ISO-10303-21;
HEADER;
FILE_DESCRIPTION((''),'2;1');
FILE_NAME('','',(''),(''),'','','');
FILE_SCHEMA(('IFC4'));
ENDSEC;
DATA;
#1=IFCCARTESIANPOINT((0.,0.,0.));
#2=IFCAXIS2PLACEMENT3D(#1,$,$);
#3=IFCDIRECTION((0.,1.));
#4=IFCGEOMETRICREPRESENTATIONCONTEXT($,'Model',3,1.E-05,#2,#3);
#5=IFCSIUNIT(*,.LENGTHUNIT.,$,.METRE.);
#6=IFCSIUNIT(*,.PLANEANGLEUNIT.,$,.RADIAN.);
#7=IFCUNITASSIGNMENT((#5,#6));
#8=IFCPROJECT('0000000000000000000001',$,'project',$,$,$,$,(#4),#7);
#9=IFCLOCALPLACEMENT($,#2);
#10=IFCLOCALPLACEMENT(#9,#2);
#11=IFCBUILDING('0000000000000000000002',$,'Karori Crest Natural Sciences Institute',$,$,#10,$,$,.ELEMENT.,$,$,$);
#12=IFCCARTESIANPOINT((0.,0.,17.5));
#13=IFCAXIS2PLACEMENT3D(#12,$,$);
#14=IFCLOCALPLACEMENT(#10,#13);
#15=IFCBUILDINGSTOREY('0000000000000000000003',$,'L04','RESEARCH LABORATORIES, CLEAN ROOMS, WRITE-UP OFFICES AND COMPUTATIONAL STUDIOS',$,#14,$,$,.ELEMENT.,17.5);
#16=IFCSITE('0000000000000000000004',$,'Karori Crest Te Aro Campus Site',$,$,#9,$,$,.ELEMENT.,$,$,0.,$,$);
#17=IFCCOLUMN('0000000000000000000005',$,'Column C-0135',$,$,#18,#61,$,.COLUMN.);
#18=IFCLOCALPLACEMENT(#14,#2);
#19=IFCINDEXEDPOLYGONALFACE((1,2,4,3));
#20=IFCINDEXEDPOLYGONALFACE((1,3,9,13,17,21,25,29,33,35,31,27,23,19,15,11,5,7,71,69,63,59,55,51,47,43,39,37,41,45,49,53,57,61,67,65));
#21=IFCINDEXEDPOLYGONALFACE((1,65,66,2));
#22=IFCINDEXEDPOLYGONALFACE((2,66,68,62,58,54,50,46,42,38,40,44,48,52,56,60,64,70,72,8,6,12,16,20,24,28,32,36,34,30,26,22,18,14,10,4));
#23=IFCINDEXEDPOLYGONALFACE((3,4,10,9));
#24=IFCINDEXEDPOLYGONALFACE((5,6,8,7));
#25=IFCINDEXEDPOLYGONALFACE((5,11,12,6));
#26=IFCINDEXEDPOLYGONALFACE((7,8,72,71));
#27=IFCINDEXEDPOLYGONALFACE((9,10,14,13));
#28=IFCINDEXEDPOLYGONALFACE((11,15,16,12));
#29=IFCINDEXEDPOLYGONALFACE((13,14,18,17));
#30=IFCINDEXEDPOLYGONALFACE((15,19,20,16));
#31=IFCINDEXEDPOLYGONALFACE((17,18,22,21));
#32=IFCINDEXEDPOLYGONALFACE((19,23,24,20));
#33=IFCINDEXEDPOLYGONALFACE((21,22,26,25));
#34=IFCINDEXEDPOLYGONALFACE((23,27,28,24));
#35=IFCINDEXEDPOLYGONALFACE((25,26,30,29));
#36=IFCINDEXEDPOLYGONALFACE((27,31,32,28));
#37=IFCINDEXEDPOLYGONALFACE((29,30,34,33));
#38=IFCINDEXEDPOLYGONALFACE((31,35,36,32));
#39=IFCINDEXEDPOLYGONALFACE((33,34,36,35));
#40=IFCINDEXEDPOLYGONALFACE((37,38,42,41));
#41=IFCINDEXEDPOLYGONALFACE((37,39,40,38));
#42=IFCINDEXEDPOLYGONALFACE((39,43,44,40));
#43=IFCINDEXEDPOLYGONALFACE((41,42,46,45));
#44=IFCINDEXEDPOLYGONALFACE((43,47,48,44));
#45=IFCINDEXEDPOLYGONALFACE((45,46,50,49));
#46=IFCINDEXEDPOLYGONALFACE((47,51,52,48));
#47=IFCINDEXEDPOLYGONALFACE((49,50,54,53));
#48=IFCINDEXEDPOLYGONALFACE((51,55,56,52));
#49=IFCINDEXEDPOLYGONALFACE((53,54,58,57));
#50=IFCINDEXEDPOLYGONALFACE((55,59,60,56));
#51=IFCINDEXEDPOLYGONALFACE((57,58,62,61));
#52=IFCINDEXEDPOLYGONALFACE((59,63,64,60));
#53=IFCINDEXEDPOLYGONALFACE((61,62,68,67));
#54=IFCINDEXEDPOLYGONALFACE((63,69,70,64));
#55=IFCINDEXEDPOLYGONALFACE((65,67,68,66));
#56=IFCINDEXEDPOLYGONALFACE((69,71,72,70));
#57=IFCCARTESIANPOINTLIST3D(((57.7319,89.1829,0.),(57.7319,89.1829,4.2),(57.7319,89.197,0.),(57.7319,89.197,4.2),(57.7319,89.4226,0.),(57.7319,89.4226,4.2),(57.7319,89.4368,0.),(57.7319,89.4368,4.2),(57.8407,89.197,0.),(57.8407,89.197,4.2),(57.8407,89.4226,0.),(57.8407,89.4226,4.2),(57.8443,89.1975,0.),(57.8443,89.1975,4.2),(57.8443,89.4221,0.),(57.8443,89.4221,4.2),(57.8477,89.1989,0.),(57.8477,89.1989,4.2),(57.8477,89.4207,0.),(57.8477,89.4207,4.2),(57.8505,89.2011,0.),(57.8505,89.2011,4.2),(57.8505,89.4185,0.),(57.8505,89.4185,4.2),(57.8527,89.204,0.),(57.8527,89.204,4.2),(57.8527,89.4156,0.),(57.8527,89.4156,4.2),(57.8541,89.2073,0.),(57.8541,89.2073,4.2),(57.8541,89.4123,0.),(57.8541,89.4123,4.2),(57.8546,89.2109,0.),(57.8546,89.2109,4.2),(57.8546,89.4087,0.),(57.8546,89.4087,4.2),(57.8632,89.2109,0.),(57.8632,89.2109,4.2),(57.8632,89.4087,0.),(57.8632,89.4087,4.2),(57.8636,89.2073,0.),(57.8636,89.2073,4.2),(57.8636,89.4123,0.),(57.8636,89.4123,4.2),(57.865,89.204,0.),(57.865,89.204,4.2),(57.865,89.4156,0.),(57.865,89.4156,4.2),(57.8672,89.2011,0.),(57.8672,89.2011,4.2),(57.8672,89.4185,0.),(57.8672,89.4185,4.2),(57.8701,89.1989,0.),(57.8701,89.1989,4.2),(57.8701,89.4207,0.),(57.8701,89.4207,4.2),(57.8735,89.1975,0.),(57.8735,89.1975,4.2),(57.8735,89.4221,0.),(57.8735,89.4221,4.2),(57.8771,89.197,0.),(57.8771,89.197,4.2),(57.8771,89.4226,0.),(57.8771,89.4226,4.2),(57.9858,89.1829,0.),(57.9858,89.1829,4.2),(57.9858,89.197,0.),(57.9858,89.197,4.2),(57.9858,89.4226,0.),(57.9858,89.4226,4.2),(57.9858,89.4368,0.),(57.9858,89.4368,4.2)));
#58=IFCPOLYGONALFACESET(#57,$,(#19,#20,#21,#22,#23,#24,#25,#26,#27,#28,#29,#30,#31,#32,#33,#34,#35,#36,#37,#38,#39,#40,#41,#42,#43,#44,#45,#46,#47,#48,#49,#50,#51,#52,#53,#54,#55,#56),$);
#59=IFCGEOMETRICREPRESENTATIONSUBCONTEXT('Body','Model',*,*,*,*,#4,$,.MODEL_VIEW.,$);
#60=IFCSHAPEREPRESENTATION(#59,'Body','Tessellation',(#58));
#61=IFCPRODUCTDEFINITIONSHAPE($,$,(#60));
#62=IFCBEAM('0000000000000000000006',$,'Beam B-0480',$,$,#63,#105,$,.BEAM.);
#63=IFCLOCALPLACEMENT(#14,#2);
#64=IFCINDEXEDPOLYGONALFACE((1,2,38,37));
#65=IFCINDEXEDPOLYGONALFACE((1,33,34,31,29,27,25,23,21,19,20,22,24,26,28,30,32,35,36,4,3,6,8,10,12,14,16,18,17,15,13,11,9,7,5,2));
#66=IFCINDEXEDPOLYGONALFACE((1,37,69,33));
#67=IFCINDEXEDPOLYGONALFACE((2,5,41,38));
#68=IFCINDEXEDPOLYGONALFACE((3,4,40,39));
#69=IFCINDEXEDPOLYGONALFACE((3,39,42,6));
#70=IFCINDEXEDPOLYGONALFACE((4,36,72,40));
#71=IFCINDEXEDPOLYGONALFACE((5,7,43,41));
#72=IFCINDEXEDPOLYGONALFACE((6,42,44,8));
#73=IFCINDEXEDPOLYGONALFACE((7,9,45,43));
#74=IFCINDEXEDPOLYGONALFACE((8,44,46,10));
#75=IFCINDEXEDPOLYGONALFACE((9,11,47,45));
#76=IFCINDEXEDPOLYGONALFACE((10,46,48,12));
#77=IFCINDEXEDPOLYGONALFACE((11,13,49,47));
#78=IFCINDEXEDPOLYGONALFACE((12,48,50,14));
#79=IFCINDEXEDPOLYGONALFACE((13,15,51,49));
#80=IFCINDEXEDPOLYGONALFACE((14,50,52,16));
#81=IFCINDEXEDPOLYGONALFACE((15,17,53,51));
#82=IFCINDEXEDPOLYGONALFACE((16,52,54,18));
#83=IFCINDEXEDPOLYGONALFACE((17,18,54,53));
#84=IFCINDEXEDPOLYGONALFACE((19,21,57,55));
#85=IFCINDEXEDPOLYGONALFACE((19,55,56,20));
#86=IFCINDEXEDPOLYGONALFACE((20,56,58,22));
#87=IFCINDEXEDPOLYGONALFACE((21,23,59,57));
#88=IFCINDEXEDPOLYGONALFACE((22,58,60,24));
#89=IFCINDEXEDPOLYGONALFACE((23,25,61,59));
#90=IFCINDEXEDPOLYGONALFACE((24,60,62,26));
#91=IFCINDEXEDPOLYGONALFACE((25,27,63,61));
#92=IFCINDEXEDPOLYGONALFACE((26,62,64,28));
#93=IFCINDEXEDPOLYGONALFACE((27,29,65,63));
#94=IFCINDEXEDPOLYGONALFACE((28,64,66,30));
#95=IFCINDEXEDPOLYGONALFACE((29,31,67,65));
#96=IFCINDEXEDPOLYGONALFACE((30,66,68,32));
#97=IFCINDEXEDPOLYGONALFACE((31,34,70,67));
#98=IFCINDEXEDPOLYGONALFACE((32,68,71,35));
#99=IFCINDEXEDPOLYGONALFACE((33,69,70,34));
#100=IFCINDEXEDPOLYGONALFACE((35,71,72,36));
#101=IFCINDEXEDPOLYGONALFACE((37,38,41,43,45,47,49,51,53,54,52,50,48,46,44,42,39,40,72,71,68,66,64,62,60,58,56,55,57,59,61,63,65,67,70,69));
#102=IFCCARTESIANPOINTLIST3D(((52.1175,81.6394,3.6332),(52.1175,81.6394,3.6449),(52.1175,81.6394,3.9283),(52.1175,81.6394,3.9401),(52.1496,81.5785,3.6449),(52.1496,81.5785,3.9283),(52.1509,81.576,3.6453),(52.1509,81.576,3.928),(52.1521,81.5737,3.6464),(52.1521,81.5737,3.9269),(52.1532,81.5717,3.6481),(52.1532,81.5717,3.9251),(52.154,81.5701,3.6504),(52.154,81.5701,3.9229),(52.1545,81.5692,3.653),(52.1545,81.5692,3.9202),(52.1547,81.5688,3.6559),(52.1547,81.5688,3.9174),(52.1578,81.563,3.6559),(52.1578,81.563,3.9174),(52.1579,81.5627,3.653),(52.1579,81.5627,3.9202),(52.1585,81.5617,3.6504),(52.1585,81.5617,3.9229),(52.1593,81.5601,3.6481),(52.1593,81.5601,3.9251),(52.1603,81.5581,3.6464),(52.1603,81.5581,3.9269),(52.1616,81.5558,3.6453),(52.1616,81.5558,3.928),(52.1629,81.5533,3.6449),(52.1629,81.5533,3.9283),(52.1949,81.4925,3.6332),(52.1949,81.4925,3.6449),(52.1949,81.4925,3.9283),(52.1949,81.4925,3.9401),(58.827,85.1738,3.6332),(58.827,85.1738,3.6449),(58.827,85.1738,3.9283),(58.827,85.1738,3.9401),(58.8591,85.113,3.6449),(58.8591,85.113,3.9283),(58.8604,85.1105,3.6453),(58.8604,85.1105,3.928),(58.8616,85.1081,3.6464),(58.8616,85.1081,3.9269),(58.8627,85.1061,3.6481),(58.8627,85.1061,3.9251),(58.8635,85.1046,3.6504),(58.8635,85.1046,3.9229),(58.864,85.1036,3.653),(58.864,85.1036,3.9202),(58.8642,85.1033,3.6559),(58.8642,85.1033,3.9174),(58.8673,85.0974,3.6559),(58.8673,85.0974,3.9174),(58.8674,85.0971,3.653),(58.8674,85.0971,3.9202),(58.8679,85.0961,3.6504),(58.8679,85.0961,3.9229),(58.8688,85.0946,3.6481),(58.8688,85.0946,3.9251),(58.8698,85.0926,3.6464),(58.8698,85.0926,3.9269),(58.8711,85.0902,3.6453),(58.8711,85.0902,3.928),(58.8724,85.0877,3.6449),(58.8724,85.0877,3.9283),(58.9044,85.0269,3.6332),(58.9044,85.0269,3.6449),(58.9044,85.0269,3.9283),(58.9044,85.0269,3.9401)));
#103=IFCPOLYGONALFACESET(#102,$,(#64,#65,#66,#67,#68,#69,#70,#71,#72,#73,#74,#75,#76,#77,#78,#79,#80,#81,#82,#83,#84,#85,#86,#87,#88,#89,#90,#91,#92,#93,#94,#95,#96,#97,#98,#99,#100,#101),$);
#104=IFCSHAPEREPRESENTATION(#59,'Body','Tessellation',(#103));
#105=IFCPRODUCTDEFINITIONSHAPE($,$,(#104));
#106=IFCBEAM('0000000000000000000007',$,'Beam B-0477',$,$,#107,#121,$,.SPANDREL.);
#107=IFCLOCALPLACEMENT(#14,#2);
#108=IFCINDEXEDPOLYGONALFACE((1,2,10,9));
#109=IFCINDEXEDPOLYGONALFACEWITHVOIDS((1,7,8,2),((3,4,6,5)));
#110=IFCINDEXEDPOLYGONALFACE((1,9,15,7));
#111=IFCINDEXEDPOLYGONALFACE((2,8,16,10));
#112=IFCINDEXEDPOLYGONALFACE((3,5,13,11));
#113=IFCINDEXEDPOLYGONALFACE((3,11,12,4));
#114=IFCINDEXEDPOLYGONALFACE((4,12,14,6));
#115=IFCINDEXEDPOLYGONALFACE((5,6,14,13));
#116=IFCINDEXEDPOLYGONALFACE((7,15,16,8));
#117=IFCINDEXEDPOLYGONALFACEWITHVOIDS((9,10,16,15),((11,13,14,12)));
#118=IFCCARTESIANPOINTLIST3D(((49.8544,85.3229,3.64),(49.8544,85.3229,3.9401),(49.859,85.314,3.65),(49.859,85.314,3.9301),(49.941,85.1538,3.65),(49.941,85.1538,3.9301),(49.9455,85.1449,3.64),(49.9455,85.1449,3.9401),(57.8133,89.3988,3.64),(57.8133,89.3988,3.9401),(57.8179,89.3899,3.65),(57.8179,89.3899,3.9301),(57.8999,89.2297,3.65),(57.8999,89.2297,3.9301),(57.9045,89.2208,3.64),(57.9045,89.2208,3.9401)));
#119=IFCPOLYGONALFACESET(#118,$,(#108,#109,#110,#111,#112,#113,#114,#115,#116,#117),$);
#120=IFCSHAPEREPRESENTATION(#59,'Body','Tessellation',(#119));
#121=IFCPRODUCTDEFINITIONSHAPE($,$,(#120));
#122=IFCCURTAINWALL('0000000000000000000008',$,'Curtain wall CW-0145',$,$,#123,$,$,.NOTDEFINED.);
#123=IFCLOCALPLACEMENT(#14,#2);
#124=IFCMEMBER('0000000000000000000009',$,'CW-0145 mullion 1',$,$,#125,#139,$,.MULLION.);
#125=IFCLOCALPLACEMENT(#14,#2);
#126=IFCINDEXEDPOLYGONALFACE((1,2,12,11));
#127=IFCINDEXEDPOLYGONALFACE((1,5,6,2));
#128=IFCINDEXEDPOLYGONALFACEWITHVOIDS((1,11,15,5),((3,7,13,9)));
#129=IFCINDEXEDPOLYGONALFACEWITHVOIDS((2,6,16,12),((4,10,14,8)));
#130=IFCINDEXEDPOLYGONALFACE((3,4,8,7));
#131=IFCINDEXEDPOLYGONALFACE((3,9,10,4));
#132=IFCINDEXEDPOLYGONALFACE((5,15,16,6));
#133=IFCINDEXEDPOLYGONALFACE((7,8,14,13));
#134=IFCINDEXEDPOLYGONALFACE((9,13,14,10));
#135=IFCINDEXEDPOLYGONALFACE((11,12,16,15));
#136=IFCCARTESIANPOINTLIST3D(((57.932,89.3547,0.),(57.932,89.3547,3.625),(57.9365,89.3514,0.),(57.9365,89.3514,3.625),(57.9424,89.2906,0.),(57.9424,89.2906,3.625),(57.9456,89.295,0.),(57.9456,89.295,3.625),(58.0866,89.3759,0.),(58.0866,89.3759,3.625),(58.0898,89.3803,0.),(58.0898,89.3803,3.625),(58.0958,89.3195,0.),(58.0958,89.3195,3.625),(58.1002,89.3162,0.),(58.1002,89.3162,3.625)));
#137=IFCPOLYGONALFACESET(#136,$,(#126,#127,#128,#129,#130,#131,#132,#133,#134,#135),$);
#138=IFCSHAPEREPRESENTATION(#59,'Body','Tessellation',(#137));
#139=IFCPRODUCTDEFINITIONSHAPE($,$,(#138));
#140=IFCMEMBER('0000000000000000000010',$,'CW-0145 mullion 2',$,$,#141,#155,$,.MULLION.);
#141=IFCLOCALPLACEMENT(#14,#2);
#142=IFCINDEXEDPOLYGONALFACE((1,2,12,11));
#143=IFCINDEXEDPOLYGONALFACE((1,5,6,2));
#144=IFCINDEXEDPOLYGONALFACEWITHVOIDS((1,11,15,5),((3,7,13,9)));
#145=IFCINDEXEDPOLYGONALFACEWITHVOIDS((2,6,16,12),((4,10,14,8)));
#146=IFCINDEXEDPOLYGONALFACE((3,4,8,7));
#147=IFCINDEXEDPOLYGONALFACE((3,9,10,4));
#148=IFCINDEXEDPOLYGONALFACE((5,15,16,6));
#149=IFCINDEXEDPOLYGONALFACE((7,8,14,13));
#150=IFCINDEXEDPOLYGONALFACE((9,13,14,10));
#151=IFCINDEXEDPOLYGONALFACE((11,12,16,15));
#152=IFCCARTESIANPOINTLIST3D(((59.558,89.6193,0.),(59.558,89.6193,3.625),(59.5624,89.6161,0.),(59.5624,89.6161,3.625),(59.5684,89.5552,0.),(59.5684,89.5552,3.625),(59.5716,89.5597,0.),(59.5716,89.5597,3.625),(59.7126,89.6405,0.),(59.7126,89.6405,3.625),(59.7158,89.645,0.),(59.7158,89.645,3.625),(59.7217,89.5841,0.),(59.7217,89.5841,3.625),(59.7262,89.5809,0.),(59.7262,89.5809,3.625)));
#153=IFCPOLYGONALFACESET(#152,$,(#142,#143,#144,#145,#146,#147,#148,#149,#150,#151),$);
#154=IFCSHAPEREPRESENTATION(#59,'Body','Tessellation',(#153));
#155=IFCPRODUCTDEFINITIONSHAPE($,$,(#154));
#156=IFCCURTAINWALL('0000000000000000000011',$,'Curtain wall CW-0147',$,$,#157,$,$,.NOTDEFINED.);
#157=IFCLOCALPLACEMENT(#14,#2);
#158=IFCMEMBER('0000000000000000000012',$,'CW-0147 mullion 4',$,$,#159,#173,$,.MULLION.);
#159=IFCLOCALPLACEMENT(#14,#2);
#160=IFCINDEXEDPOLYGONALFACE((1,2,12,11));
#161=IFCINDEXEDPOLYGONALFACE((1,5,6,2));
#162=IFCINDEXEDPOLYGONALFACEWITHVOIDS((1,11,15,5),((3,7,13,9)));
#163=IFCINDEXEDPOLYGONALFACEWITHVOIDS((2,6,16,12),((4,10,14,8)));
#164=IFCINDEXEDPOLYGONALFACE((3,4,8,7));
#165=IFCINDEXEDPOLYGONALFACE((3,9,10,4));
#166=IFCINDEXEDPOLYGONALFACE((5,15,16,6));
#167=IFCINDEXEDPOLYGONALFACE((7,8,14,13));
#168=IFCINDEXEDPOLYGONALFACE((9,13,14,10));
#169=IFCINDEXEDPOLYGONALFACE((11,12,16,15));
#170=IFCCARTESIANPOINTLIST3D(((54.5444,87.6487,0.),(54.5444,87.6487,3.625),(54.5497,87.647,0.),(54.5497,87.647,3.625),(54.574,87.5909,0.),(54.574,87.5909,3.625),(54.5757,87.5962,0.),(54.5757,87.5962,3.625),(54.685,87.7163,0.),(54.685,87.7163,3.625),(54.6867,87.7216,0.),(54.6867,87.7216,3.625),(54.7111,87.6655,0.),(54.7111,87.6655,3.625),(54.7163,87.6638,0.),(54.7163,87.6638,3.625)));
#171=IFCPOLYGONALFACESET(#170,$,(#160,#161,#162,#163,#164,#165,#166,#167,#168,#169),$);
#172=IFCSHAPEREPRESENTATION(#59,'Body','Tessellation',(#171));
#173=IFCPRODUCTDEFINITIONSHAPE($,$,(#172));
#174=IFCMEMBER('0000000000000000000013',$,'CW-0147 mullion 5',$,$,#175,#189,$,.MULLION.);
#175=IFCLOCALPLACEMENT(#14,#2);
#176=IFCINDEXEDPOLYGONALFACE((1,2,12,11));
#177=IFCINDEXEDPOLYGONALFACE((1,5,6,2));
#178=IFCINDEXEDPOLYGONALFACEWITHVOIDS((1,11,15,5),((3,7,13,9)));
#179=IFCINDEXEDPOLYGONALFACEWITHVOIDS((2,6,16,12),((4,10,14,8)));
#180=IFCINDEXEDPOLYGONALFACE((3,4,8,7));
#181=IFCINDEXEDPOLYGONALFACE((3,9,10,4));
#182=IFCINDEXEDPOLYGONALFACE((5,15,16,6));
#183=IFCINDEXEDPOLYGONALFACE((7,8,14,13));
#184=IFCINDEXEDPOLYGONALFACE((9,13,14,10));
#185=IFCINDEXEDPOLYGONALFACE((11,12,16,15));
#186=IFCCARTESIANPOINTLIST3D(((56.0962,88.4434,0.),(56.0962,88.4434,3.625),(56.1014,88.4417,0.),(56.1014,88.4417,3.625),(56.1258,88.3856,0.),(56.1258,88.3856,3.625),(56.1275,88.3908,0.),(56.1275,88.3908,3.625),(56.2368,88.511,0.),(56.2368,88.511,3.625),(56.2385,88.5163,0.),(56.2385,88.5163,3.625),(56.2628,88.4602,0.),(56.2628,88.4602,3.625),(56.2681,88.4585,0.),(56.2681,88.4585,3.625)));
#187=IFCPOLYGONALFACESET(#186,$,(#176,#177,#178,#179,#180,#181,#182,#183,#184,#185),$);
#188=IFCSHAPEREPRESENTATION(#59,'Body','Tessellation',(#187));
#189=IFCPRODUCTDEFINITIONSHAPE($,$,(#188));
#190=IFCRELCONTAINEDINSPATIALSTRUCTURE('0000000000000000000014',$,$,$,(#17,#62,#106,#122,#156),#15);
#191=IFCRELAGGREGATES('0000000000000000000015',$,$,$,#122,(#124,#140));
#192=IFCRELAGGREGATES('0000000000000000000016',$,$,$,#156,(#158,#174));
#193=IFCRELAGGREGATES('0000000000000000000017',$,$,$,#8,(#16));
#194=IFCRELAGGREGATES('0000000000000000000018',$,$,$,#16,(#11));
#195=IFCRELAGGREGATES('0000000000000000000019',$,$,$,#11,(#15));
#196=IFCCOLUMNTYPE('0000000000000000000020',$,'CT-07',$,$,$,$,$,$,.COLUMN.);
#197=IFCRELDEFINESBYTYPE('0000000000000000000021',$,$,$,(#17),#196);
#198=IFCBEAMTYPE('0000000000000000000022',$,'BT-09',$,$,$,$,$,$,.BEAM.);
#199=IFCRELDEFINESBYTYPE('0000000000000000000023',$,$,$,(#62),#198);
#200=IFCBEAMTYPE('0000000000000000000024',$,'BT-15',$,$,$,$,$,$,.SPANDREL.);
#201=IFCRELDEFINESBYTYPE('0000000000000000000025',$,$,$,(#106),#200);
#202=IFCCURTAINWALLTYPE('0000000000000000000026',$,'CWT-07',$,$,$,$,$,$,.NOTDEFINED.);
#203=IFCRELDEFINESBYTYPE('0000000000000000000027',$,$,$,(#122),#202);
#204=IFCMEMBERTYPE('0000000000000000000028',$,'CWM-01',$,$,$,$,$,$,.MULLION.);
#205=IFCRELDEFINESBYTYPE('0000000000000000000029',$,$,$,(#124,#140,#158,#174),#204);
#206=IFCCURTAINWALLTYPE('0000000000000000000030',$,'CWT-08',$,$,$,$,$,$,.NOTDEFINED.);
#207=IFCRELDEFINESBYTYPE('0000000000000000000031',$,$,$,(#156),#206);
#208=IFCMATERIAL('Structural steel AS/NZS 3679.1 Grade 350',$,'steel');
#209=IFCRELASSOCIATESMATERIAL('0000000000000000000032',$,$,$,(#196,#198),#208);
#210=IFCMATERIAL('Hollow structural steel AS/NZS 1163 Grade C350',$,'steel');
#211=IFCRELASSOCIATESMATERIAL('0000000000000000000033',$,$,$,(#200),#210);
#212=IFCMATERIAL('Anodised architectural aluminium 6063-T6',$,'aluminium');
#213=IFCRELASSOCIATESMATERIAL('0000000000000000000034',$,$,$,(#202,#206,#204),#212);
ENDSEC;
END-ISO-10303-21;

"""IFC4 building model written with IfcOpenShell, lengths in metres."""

from ifc_helpers import new_model, si_unit, direction, frame, origin, origin_2d, place, context, subcontext, project, spatial, hollow_rectangle, i_section, extrude, material, material_profile, profile_set, type_object, element, aggregate, save


model = new_model("IFC4")

# Units and contexts
model_context = context("Model", 3, precision=1e-05, world=origin(), true_north=direction((0.0, 1.0)))
body_context = subcontext(model_context, "Body", "Model", "MODEL_VIEW")
ifc_project = project(units=[si_unit("LENGTHUNIT", "METRE"), si_unit("PLANEANGLEUNIT", "RADIAN")], contexts=[model_context])

# Site, building, storey
site_placement = place(None, origin())
site = spatial("IfcSite", under=ifc_project, at=site_placement, Name="Karori Crest Te Aro Campus Site", CompositionType="ELEMENT", RefElevation=0.0)
building_placement = place(site_placement, origin())
building = spatial("IfcBuilding", under=site, at=building_placement, Name="Karori Crest Natural Sciences Institute", CompositionType="ELEMENT")
storey_placement = place(building_placement, frame((0.0, 0.0, 17.5)))
storey = spatial("IfcBuildingStorey", under=building, at=storey_placement, Name="L04", Description="RESEARCH LABORATORIES, CLEAN ROOMS, WRITE-UP OFFICES AND COMPUTATIONAL STUDIOS", CompositionType="ELEMENT", Elevation=17.5)

# Column
ifc_material_1 = material(Name="Structural steel AS/NZS 3679.1 Grade 350", Category="steel")
ifc_material_profile_1 = material_profile(ifc_material_1, i_section(OverallWidth=0.2539, OverallDepth=0.2539, WebThickness=0.0085, FlangeThickness=0.0142, FilletRadius=0.0139, at=origin_2d()), Name="250UC72.9")
ifc_profile_set_1 = profile_set([ifc_material_profile_1], Name="Structural steel AS/NZS 3679.1 Grade 350")
column_type = type_object("IfcColumnType", Name="CT-07", PredefinedType="COLUMN", material=ifc_profile_set_1)
column_placement = place(storey_placement, frame((57.8589, 89.3098, 0.0), z_axis=(0.0, 0.0, 1.0), x_axis=(1.0, 0.0, 0.0)))
element("IfcColumn", 1, at=column_placement, inside=storey, type_object=column_type, Name="Column C-0135", PredefinedType="COLUMN", context=body_context, shape_type="SweptSolid", body=[
    extrude(i_section(OverallWidth=0.2539, OverallDepth=0.2539, WebThickness=0.0085, FlangeThickness=0.0142, FilletRadius=0.0139, at=origin_2d()), origin(), (0.0, 0.0, 1.0), 4.2),
])

# Beams
ifc_material_profile_2 = material_profile(ifc_material_1, i_section(OverallWidth=0.166, OverallDepth=0.3069, WebThickness=0.0066, FlangeThickness=0.0117, FilletRadius=0.011, at=origin_2d()), Name="310UB46.2")
ifc_profile_set_2 = profile_set([ifc_material_profile_2], Name="Structural steel AS/NZS 3679.1 Grade 350")
beam_type_1 = type_object("IfcBeamType", Name="BT-09", PredefinedType="BEAM", material=ifc_profile_set_2)
beam_1_placement = place(storey_placement, frame((58.8657, 85.1003, 3.7866), z_axis=(-0.884748, -0.466069, 0.0), x_axis=(0.466069, -0.884748, 0.0)))
element("IfcBeam", 2, at=beam_1_placement, inside=storey, type_object=beam_type_1, Name="Beam B-0480", PredefinedType="BEAM", context=body_context, shape_type="SweptSolid", body=[
    extrude(i_section(OverallWidth=0.166, OverallDepth=0.3069, WebThickness=0.0066, FlangeThickness=0.0117, FilletRadius=0.011, at=origin_2d()), origin(), (0.0, 0.0, 1.0), 7.5835),
])
ifc_material_2 = material(Name="Hollow structural steel AS/NZS 1163 Grade C350", Category="steel")
ifc_material_profile_3 = material_profile(ifc_material_2, hollow_rectangle(XDim=0.2, YDim=0.3, WallThickness=0.01, at=origin_2d()), Name="RHS300x200x10")
ifc_profile_set_3 = profile_set([ifc_material_profile_3], Name="Hollow structural steel AS/NZS 1163 Grade C350")
beam_type_2 = type_object("IfcBeamType", Name="BT-15", PredefinedType="SPANDREL", material=ifc_profile_set_3)
beam_2_placement = place(storey_placement, frame((57.8589, 89.3098, 3.79), z_axis=(-0.890072, -0.45582, 0.0), x_axis=(0.45582, -0.890072, 0.0)))
element("IfcBeam", 3, at=beam_2_placement, inside=storey, type_object=beam_type_2, Name="Beam B-0477", PredefinedType="SPANDREL", context=body_context, shape_type="SweptSolid", body=[
    extrude(hollow_rectangle(XDim=0.2, YDim=0.3, WallThickness=0.01, at=origin_2d()), origin(), (0.0, 0.0, 1.0), 8.9419),
])

# Curtain walls, members
ifc_material_3 = material(Name="Anodised architectural aluminium 6063-T6", Category="aluminium")
curtain_wall_type_1 = type_object("IfcCurtainWallType", Name="CWT-07", PredefinedType="NOTDEFINED", material=ifc_material_3)
curtain_wall_1_placement = place(storey_placement, origin())
curtain_wall_1 = element("IfcCurtainWall", 4, at=curtain_wall_1_placement, inside=storey, type_object=curtain_wall_type_1, Name="Curtain wall CW-0145", PredefinedType="NOTDEFINED")
ifc_material_profile_4 = material_profile(ifc_material_3, hollow_rectangle(XDim=0.0649, YDim=0.1599, WallThickness=0.0039, at=origin_2d()), Name="CWM160x65x4")
ifc_profile_set_4 = profile_set([ifc_material_profile_4], Name="Anodised architectural aluminium 6063-T6")
member_type_1 = type_object("IfcMemberType", Name="CWM-01", PredefinedType="MULLION", material=ifc_profile_set_4)
member_1_placement = place(storey_placement, frame((58.0161, 89.3354, 0.0), z_axis=(0.0, 0.0, 1.0), x_axis=(-0.16065, 0.987011, 0.0)))
member_1 = element("IfcMember", 5, at=member_1_placement, type_object=member_type_1, Name="CW-0145 mullion 1", PredefinedType="MULLION", context=body_context, shape_type="SweptSolid", body=[
    extrude(hollow_rectangle(XDim=0.0649, YDim=0.1599, WallThickness=0.0039, at=origin_2d()), origin(), (0.0, 0.0, 1.0), 3.625),
])
member_2_placement = place(storey_placement, frame((59.6421, 89.6001, 0.0), z_axis=(0.0, 0.0, 1.0), x_axis=(-0.16065, 0.987011, 0.0)))
member_2 = element("IfcMember", 6, at=member_2_placement, type_object=member_type_1, Name="CW-0145 mullion 2", PredefinedType="MULLION", context=body_context, shape_type="SweptSolid", body=[
    extrude(hollow_rectangle(XDim=0.0649, YDim=0.1599, WallThickness=0.0039, at=origin_2d()), origin(), (0.0, 0.0, 1.0), 3.625),
])
curtain_wall_type_2 = type_object("IfcCurtainWallType", Name="CWT-08", PredefinedType="NOTDEFINED", material=ifc_material_3)
curtain_wall_2_placement = place(storey_placement, origin())
curtain_wall_2 = element("IfcCurtainWall", 7, at=curtain_wall_2_placement, inside=storey, type_object=curtain_wall_type_2, Name="Curtain wall CW-0147", PredefinedType="NOTDEFINED")
member_3_placement = place(storey_placement, frame((54.6304, 87.6562, 0.0), z_axis=(0.0, 0.0, 1.0), x_axis=(-0.455829, 0.890067, 0.0)))
member_3 = element("IfcMember", 8, at=member_3_placement, type_object=member_type_1, Name="CW-0147 mullion 4", PredefinedType="MULLION", context=body_context, shape_type="SweptSolid", body=[
    extrude(hollow_rectangle(XDim=0.0649, YDim=0.1599, WallThickness=0.0039, at=origin_2d()), origin(), (0.0, 0.0, 1.0), 3.625),
])
member_4_placement = place(storey_placement, frame((56.1821, 88.4509, 0.0), z_axis=(0.0, 0.0, 1.0), x_axis=(-0.455829, 0.890067, 0.0)))
member_4 = element("IfcMember", 9, at=member_4_placement, type_object=member_type_1, Name="CW-0147 mullion 5", PredefinedType="MULLION", context=body_context, shape_type="SweptSolid", body=[
    extrude(hollow_rectangle(XDim=0.0649, YDim=0.1599, WallThickness=0.0039, at=origin_2d()), origin(), (0.0, 0.0, 1.0), 3.625),
])

aggregate(curtain_wall_1, [member_1, member_2])
aggregate(curtain_wall_2, [member_3, member_4])

save(model, "model.ifc")
